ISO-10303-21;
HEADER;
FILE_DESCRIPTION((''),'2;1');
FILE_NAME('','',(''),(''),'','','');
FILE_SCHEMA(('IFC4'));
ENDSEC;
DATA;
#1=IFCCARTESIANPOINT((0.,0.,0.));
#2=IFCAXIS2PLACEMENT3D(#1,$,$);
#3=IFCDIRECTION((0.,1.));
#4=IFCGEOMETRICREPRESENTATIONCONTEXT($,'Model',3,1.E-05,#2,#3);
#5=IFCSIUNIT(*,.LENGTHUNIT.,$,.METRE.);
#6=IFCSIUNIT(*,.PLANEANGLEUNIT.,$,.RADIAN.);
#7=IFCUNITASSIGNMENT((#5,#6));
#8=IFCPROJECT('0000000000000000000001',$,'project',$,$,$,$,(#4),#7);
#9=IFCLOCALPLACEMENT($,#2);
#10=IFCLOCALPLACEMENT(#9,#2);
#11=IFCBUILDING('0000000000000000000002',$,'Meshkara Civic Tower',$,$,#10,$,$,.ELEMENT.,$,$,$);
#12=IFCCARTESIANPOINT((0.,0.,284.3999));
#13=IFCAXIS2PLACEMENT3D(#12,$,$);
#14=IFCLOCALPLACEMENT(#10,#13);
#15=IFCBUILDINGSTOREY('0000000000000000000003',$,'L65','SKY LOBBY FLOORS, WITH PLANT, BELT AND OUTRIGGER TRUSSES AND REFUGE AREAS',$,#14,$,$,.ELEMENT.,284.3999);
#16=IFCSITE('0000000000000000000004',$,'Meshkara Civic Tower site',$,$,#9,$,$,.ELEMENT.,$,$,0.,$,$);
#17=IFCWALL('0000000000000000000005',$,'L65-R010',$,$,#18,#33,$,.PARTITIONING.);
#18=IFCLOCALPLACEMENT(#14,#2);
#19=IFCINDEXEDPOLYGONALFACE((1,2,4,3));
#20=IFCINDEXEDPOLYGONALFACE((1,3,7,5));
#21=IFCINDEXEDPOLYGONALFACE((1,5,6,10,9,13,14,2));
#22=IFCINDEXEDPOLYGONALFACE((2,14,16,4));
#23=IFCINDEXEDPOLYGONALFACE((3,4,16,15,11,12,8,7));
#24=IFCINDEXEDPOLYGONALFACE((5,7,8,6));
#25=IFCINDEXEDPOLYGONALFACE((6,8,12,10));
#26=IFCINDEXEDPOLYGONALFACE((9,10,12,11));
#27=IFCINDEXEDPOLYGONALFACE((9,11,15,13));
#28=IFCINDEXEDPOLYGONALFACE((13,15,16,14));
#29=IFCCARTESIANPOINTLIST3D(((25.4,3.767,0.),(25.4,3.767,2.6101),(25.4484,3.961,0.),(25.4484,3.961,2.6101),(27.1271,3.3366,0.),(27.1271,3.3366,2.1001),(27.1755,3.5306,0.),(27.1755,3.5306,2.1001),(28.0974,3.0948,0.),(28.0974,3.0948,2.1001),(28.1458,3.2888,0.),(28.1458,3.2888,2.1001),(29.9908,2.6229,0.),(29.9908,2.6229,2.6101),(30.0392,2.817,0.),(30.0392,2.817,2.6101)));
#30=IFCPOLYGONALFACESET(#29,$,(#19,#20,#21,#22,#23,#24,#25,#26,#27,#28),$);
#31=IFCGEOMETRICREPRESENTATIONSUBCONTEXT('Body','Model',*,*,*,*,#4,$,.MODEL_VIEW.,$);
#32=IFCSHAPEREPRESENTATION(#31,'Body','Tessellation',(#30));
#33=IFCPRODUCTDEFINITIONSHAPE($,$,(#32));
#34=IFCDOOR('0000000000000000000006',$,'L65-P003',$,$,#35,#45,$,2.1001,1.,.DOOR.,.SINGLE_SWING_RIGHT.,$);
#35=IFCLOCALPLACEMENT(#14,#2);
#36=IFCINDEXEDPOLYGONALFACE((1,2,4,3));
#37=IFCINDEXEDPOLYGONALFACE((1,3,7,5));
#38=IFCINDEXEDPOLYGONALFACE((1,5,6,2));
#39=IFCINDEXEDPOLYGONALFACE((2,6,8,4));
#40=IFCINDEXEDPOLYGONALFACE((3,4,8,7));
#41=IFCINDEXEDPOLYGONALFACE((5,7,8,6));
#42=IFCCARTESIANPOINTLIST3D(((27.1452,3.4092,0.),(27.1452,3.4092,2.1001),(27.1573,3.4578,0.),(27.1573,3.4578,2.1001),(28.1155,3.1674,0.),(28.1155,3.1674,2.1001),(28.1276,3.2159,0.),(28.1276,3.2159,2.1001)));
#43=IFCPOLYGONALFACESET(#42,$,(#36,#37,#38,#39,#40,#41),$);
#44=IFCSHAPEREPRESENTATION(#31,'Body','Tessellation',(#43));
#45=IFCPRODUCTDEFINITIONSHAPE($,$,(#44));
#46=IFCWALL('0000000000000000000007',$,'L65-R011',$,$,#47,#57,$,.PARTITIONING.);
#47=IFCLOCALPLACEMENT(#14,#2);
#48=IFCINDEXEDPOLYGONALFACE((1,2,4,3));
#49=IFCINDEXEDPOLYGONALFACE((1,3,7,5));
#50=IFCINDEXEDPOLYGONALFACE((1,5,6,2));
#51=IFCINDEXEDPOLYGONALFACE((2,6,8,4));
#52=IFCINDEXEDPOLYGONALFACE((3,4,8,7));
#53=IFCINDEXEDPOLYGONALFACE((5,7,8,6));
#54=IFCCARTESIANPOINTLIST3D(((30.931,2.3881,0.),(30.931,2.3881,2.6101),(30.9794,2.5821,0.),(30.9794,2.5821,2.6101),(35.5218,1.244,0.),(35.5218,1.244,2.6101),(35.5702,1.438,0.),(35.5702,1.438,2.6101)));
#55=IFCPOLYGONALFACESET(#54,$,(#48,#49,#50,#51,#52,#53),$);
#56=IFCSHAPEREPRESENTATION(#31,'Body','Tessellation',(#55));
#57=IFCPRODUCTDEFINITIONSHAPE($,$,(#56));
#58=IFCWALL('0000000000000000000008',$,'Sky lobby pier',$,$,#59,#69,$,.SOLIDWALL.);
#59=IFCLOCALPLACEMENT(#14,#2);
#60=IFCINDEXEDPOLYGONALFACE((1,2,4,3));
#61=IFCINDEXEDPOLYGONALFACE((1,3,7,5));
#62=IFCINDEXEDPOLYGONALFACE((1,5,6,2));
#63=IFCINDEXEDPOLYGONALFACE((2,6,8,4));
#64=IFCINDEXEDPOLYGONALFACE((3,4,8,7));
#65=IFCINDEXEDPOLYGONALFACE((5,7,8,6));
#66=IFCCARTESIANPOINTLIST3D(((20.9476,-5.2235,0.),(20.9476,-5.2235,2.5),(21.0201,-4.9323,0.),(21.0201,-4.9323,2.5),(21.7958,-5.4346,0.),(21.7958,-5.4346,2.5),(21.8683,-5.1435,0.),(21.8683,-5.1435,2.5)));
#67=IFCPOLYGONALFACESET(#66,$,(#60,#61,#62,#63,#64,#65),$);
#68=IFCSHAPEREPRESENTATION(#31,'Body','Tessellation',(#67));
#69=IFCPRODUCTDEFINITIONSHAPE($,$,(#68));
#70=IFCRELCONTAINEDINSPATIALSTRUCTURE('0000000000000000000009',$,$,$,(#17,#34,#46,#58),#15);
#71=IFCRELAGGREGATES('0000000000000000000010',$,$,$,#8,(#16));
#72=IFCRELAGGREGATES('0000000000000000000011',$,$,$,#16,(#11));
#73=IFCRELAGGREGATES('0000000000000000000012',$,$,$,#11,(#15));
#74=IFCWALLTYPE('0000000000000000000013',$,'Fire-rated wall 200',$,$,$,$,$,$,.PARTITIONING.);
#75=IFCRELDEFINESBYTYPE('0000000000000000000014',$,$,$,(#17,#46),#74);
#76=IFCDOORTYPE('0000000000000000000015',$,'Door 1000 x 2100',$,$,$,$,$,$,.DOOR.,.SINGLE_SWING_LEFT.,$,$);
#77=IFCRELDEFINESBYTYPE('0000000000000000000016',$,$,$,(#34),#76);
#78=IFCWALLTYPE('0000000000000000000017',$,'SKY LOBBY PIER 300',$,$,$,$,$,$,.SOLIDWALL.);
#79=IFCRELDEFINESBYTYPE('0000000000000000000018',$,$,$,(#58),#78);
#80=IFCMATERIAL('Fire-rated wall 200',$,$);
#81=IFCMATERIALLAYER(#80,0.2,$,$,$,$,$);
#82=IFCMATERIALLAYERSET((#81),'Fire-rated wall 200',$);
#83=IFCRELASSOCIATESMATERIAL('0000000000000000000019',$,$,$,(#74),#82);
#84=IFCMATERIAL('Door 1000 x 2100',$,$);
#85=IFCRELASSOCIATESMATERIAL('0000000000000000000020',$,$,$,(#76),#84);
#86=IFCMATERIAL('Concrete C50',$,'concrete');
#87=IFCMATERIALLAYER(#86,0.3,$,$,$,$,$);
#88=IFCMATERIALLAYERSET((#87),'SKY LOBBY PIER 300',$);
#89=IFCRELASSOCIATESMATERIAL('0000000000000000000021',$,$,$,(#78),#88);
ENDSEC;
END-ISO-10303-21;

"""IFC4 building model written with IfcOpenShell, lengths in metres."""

from ifc_helpers import new_model, si_unit, direction, frame, frame_2d, origin, place, context, subcontext, project, spatial, rectangle, extrude, material, layer, layer_set, type_object, element, fill, save


model = new_model("IFC4")

# Units and contexts
model_context = context("Model", 3, precision=1e-05, world=origin(), true_north=direction((0.0, 1.0)))
body_context = subcontext(model_context, "Body", "Model", "MODEL_VIEW")
ifc_project = project(units=[si_unit("LENGTHUNIT", "METRE"), si_unit("PLANEANGLEUNIT", "RADIAN")], contexts=[model_context])

# Site, building, storey
site_placement = place(None, origin())
site = spatial("IfcSite", under=ifc_project, at=site_placement, Name="Meshkara Civic Tower site", CompositionType="ELEMENT", RefElevation=0.0)
building_placement = place(site_placement, origin())
building = spatial("IfcBuilding", under=site, at=building_placement, Name="Meshkara Civic Tower", CompositionType="ELEMENT")
storey_placement = place(building_placement, frame((0.0, 0.0, 284.3999)))
storey = spatial("IfcBuildingStorey", under=building, at=storey_placement, Name="L65", Description="SKY LOBBY FLOORS, WITH PLANT, BELT AND OUTRIGGER TRUSSES AND REFUGE AREAS", CompositionType="ELEMENT", Elevation=284.3999)

# Wall, opening, door
ifc_material_1 = material(Name="Fire-rated wall 200")
ifc_layer_1 = layer(ifc_material_1, 0.2)
ifc_layer_set_1 = layer_set([ifc_layer_1], Name="Fire-rated wall 200")
wall_type_1 = type_object("IfcWallType", Name="Fire-rated wall 200", PredefinedType="PARTITIONING", material=ifc_layer_set_1)
wall_1_placement = place(storey_placement, frame((25.4241, 3.864, 0.0), z_axis=(0.0, 0.0, 1.0), x_axis=(0.970324, -0.241807, 0.0)))
wall_1 = element("IfcWall", 1, at=wall_1_placement, inside=storey, type_object=wall_type_1, Name="L65-R010", PredefinedType="PARTITIONING", context=body_context, shape_type="SweptSolid", body=[
    extrude(rectangle(XDim=4.7312, YDim=0.2, at=frame_2d((2.3657, 0.0))), origin(), (0.0, 0.0, 1.0), 2.6101),
])
opening_placement = place(wall_1_placement, frame((1.78, 0.0, 0.0)))
opening = element("IfcOpeningElement", 2, at=opening_placement, cuts=wall_1, PredefinedType="OPENING", context=body_context, shape_type="SweptSolid", body=[
    extrude(rectangle(XDim=1.0, YDim=2.1001, at=frame_2d((0.5, 1.05))), frame((0.0, 0.1099, 0.0), z_axis=(0.0, -1.0, 0.0), x_axis=(1.0, 0.0, 0.0)), (0.0, 0.0, 1.0), 0.22),
])
ifc_material_2 = material(Name="Door 1000 x 2100")
door_type = type_object("IfcDoorType", Name="Door 1000 x 2100", OperationType="SINGLE_SWING_LEFT", PredefinedType="DOOR", material=ifc_material_2)
door_placement = place(opening_placement, origin())
door = element("IfcDoor", 3, at=door_placement, inside=storey, type_object=door_type, Name="L65-P003", OperationType="SINGLE_SWING_RIGHT", OverallHeight=2.1001, OverallWidth=1.0, PredefinedType="DOOR", context=body_context, shape_type="SweptSolid", body=[
    extrude(rectangle(XDim=1.0, YDim=2.1001, at=frame_2d((0.5, 1.05))), frame((0.0, 0.0249, 0.0), z_axis=(0.0, -1.0, 0.0), x_axis=(1.0, 0.0, 0.0)), (0.0, 0.0, 1.0), 0.05),
])
fill(opening, door)

# Walls
wall_2_placement = place(storey_placement, frame((30.9551, 2.4851, 0.0), z_axis=(0.0, 0.0, 1.0), x_axis=(0.970324, -0.241807, 0.0)))
element("IfcWall", 4, at=wall_2_placement, inside=storey, type_object=wall_type_1, Name="L65-R011", PredefinedType="PARTITIONING", context=body_context, shape_type="SweptSolid", body=[
    extrude(rectangle(XDim=4.7312, YDim=0.2, at=frame_2d((2.3657, 0.0))), origin(), (0.0, 0.0, 1.0), 2.6101),
])
ifc_material_3 = material(Name="Concrete C50", Category="concrete")
ifc_layer_2 = layer(ifc_material_3, 0.3)
ifc_layer_set_2 = layer_set([ifc_layer_2], Name="SKY LOBBY PIER 300")
wall_type_2 = type_object("IfcWallType", Name="SKY LOBBY PIER 300", PredefinedType="SOLIDWALL", material=ifc_layer_set_2)
wall_3_placement = place(storey_placement, frame((20.9839, -5.0779, 0.0), z_axis=(0.0, 0.0, 1.0), x_axis=(0.970372, -0.241615, 0.0)))
element("IfcWall", 5, at=wall_3_placement, inside=storey, type_object=wall_type_2, Name="Sky lobby pier", PredefinedType="SOLIDWALL", context=body_context, shape_type="SweptSolid", body=[
    extrude(rectangle(XDim=0.874, YDim=0.3, at=frame_2d((0.437, 0.0))), origin(), (0.0, 0.0, 1.0), 2.5),
])

save(model, "model.ifc")
